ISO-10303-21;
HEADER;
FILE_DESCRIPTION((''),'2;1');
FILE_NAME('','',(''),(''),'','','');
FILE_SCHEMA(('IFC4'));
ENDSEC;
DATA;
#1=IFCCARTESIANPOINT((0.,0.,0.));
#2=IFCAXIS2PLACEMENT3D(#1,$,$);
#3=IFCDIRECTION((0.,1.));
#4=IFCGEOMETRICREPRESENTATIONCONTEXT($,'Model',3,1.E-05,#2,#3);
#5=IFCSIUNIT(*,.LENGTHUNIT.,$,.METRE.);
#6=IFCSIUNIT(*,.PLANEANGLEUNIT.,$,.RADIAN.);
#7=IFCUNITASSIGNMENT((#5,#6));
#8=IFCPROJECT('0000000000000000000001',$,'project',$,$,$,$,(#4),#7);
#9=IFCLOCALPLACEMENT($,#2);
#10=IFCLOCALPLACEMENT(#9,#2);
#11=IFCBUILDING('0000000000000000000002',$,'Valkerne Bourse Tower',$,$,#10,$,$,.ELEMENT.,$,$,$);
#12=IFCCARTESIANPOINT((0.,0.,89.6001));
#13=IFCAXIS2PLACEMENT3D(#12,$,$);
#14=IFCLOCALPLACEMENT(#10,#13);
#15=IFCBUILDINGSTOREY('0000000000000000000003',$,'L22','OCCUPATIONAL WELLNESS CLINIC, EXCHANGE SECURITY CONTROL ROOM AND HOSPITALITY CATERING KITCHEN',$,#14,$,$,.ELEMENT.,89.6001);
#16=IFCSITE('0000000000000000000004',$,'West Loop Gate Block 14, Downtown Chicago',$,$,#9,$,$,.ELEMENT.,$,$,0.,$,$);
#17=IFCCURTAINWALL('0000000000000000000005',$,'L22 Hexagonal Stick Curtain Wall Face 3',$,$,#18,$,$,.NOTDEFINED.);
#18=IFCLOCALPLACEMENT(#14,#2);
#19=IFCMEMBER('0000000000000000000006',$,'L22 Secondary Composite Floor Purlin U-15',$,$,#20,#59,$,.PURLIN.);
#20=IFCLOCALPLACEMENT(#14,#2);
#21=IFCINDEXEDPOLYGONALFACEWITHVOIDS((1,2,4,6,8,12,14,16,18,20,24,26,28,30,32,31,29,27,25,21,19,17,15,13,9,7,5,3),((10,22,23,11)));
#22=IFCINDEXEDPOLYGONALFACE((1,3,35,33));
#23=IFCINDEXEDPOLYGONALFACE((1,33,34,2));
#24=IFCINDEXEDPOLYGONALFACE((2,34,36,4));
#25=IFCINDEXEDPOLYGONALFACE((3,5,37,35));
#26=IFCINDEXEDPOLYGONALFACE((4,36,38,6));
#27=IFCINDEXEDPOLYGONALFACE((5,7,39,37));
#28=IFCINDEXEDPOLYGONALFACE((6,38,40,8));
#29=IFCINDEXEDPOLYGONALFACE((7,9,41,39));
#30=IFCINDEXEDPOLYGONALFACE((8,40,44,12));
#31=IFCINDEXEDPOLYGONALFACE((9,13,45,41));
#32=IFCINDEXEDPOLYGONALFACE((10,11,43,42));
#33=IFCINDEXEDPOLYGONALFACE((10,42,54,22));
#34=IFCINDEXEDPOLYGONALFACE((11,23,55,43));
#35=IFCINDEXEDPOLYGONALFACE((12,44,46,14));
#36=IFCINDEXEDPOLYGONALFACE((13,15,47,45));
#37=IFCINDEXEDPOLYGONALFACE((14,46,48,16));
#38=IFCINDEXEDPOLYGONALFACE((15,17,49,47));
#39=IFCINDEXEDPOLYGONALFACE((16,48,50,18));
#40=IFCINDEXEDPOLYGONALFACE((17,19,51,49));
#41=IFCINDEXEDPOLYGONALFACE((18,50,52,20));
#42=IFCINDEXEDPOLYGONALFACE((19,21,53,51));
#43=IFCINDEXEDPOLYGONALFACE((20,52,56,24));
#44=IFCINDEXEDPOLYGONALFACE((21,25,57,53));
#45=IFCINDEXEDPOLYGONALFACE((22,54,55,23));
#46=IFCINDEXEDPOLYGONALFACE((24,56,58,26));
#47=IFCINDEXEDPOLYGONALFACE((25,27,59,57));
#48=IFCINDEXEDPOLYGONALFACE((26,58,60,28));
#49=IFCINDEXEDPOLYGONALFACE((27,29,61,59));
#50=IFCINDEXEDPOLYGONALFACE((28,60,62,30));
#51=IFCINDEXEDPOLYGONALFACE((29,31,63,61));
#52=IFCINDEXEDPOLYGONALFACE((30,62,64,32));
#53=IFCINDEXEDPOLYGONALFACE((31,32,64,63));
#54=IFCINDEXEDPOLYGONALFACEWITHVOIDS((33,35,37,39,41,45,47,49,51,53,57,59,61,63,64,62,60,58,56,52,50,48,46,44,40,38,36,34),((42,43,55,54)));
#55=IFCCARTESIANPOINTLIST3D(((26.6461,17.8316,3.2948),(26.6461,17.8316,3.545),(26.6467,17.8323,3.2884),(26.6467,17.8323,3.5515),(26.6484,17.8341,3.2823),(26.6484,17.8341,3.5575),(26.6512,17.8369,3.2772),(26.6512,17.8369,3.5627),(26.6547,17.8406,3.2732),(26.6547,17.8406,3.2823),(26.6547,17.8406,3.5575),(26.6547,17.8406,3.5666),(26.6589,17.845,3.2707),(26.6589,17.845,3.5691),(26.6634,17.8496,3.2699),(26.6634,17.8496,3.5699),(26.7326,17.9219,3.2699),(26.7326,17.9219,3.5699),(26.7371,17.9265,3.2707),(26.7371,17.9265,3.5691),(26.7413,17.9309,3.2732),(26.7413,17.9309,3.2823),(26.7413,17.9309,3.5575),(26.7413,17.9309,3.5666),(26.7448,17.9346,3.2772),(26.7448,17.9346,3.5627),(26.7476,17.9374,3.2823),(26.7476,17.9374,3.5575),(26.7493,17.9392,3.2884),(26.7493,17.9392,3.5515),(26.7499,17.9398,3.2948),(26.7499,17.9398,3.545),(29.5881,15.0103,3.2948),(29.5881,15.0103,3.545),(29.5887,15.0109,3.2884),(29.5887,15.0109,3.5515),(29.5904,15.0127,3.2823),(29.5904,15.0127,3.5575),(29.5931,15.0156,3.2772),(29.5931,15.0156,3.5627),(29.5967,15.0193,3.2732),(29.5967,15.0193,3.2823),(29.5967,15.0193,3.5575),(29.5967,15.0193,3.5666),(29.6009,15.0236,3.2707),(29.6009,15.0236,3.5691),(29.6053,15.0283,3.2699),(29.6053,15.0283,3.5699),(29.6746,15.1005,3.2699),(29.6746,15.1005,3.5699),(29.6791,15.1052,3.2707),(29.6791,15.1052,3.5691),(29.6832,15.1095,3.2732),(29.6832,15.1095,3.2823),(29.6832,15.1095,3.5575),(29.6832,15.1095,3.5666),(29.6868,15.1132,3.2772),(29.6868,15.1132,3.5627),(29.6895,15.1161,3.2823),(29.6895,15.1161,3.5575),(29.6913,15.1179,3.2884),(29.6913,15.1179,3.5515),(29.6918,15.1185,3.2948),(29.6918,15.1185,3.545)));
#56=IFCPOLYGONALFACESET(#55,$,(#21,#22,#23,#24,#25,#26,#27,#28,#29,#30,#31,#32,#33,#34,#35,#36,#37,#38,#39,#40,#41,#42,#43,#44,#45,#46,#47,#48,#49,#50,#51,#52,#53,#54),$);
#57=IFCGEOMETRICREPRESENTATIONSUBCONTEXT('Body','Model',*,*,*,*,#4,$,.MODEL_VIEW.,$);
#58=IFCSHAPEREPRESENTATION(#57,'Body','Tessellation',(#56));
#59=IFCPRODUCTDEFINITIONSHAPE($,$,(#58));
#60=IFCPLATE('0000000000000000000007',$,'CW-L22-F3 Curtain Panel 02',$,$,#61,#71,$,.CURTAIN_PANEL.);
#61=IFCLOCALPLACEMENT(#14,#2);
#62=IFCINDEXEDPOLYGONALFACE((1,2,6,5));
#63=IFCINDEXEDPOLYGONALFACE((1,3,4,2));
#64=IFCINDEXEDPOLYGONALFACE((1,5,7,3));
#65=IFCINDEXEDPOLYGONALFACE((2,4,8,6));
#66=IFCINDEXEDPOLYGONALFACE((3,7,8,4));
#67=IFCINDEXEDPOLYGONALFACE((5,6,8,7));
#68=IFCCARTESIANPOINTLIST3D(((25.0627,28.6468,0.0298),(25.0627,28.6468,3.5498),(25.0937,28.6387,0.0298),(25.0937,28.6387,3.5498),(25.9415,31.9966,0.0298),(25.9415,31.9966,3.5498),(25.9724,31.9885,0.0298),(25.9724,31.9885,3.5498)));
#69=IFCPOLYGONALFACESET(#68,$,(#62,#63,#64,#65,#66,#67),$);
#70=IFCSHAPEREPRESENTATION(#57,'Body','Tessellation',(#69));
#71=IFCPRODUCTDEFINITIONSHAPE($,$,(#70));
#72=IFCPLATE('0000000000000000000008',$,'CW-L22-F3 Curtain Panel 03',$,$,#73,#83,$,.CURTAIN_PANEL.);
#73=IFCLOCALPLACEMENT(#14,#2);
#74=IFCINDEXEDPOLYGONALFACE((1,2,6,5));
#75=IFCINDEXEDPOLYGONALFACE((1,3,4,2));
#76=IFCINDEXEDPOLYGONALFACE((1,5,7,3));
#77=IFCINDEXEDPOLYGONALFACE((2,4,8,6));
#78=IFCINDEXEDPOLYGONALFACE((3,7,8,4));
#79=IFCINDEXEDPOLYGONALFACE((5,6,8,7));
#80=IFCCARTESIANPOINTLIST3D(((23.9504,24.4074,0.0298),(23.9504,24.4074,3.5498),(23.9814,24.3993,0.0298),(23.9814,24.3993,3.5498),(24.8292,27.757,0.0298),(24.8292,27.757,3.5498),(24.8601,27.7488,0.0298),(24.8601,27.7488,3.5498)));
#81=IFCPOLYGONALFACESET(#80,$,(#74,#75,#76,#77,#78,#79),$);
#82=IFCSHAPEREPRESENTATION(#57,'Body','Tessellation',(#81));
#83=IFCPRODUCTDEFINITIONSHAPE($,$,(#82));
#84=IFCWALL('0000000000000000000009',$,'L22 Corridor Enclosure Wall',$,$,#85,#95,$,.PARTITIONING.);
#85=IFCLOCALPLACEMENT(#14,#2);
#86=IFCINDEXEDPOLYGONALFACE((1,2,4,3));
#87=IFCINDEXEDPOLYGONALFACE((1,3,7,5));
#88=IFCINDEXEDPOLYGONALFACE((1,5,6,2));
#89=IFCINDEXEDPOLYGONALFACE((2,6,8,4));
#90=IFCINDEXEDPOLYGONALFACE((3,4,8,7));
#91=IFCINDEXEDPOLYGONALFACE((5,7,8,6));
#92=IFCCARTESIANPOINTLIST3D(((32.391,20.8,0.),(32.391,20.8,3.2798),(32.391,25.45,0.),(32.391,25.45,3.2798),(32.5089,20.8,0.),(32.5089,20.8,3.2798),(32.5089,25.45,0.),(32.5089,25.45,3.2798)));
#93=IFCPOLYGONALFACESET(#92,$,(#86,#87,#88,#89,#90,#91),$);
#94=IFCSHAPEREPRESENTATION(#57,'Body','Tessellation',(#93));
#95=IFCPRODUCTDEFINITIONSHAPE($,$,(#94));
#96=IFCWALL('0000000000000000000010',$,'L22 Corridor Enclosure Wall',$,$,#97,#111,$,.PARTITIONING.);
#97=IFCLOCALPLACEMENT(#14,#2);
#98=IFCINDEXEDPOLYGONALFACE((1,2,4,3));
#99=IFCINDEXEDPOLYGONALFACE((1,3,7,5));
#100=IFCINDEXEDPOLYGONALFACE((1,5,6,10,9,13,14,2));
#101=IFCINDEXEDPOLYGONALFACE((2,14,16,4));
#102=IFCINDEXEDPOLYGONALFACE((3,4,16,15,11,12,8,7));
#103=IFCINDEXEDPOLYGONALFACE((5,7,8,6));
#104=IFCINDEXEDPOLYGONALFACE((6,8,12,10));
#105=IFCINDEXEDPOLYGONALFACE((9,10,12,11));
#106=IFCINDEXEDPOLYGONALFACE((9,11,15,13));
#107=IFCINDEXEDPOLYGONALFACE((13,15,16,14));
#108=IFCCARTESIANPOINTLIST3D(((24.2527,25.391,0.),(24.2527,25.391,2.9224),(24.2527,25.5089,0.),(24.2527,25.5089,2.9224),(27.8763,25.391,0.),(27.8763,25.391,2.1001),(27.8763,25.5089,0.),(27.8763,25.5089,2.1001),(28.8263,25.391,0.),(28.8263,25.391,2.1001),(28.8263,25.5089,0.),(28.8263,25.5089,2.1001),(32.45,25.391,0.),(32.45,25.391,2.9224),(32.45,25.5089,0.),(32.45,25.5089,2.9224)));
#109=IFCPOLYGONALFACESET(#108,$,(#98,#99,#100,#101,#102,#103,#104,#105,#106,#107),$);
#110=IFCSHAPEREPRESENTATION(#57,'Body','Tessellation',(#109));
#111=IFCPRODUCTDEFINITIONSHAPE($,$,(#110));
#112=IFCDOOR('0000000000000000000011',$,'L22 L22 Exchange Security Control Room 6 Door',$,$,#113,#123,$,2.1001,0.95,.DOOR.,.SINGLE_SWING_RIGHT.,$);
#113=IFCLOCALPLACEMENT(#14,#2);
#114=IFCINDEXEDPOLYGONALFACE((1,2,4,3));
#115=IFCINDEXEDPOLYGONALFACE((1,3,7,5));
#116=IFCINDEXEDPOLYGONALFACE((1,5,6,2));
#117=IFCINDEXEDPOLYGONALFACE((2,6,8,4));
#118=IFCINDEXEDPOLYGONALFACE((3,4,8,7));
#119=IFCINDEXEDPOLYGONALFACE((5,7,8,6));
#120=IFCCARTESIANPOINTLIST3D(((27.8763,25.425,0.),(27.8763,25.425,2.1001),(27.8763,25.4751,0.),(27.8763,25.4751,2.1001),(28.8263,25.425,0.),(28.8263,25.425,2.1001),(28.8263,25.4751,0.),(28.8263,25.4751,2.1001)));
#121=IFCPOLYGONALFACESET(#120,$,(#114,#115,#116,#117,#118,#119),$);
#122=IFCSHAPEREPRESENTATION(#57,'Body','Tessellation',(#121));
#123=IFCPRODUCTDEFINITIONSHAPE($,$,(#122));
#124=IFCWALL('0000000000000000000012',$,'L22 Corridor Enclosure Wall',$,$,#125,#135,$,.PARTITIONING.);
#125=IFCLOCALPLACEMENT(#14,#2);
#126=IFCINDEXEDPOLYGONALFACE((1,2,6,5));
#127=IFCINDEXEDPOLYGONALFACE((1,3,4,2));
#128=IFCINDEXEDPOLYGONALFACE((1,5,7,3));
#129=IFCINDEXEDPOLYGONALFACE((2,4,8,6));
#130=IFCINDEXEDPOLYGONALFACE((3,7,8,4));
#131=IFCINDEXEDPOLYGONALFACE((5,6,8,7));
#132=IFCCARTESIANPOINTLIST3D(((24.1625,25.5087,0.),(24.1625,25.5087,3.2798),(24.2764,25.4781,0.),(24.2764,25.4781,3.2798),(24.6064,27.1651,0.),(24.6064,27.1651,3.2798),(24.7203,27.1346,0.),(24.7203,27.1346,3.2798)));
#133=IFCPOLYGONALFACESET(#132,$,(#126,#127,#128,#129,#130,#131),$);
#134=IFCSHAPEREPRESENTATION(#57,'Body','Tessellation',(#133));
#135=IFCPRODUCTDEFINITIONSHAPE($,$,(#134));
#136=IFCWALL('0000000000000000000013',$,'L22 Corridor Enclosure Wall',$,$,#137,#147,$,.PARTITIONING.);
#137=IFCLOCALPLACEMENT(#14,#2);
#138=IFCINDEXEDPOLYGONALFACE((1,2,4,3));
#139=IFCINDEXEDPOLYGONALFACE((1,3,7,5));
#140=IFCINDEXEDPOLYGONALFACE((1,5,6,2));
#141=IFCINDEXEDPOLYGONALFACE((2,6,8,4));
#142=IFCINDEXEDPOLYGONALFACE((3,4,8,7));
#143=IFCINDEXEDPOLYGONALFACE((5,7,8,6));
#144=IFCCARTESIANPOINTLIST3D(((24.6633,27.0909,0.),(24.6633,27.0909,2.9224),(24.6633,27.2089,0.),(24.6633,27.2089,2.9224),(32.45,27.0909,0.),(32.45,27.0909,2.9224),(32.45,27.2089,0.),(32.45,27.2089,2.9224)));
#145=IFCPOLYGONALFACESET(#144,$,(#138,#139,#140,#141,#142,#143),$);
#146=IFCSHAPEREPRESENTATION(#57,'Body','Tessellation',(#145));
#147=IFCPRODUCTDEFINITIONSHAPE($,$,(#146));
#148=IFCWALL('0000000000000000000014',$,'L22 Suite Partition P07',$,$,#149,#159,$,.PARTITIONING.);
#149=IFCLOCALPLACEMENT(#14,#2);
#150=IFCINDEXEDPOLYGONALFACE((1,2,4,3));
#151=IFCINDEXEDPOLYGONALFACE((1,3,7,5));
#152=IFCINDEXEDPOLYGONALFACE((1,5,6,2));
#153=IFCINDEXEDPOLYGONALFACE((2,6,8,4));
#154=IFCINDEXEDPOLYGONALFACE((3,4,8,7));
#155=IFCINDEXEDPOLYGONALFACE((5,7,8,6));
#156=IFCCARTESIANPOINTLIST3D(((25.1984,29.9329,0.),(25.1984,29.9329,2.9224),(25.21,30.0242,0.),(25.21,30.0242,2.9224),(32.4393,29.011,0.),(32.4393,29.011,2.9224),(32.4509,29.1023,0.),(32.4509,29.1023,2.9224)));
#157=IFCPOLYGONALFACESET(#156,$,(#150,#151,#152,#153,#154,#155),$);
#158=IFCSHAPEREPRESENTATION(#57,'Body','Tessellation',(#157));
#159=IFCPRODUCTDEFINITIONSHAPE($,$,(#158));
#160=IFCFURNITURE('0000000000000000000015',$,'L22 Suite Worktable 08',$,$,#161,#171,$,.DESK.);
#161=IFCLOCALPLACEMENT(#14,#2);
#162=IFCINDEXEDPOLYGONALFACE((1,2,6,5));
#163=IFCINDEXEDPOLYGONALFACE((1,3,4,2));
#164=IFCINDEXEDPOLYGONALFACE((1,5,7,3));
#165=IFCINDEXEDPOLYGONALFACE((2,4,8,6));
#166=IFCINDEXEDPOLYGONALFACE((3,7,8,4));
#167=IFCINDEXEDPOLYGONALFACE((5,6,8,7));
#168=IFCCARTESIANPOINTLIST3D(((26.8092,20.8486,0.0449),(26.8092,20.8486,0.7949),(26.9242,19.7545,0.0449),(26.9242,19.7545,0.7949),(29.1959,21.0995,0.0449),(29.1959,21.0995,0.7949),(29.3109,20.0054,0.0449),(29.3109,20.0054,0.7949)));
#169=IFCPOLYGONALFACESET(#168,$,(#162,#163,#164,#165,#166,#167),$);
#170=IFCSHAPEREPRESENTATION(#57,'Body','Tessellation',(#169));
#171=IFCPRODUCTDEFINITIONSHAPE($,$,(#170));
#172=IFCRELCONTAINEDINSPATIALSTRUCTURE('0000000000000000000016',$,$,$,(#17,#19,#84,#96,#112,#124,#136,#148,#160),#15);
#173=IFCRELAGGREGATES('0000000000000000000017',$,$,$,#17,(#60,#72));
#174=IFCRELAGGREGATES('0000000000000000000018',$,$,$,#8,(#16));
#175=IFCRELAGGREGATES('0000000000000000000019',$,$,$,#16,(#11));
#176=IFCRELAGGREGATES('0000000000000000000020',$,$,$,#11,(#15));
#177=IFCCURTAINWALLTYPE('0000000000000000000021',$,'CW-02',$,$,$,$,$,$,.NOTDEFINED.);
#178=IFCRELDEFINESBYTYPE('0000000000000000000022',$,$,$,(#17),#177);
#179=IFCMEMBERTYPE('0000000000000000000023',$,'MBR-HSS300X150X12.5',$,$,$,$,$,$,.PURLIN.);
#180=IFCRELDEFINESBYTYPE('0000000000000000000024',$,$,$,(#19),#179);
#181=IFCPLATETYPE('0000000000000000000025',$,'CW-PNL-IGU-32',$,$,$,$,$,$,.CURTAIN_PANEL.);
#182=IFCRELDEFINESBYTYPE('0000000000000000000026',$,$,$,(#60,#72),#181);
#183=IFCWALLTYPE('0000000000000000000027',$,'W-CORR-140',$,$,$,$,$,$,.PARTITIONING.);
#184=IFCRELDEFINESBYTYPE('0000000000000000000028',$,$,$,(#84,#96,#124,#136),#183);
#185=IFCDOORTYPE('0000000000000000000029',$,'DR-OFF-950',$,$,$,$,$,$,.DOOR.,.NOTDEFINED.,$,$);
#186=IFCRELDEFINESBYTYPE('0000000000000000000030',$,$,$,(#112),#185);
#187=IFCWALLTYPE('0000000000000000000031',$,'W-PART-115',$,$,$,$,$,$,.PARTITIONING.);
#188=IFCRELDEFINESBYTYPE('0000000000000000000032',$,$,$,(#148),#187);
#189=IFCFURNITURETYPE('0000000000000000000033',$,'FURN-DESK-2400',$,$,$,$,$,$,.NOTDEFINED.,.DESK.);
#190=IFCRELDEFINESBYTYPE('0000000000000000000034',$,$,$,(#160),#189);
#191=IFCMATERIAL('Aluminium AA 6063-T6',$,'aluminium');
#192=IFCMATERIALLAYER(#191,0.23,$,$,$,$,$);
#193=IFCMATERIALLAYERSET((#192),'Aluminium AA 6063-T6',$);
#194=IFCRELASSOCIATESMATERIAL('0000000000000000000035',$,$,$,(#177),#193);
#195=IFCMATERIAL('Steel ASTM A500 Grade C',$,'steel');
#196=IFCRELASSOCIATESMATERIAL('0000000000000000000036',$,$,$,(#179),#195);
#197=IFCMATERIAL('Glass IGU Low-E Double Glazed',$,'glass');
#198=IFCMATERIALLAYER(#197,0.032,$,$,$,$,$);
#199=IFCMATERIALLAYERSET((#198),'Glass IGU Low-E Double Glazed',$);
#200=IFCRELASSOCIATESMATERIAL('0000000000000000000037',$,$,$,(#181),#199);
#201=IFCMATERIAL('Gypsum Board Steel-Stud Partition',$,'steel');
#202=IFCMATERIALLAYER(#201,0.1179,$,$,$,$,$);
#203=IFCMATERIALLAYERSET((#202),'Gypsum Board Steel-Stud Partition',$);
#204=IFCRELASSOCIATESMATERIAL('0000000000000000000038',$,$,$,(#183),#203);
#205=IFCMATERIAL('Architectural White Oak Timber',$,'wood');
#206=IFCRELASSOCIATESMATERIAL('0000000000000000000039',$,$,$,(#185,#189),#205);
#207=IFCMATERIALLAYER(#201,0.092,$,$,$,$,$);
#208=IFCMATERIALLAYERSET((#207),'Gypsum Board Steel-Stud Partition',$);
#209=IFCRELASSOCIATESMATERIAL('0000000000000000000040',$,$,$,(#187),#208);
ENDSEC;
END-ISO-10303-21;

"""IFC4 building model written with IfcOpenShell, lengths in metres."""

from ifc_helpers import new_model, si_unit, direction, frame, frame_2d, origin, origin_2d, place, context, subcontext, project, spatial, rectangle, hollow_rectangle, extrude, material, layer, layer_set, material_profile, profile_set, type_object, element, fill, aggregate, save


model = new_model("IFC4")

# Units and contexts
model_context = context("Model", 3, precision=1e-05, world=origin(), true_north=direction((0.0, 1.0)))
body_context = subcontext(model_context, "Body", "Model", "MODEL_VIEW")
ifc_project = project(units=[si_unit("LENGTHUNIT", "METRE"), si_unit("PLANEANGLEUNIT", "RADIAN")], contexts=[model_context])

# Site, building, storey
site_placement = place(None, origin())
site = spatial("IfcSite", under=ifc_project, at=site_placement, Name="West Loop Gate Block 14, Downtown Chicago", CompositionType="ELEMENT", RefElevation=0.0)
building_placement = place(site_placement, origin())
building = spatial("IfcBuilding", under=site, at=building_placement, Name="Valkerne Bourse Tower", CompositionType="ELEMENT")
storey_placement = place(building_placement, frame((0.0, 0.0, 89.6001)))
storey = spatial("IfcBuildingStorey", under=building, at=storey_placement, Name="L22", Description="OCCUPATIONAL WELLNESS CLINIC, EXCHANGE SECURITY CONTROL ROOM AND HOSPITALITY CATERING KITCHEN", CompositionType="ELEMENT", Elevation=89.6001)

# Curtain wall
ifc_material_1 = material(Name="Aluminium AA 6063-T6", Category="aluminium")
ifc_layer_1 = layer(ifc_material_1, 0.23)
ifc_layer_set_1 = layer_set([ifc_layer_1], Name="Aluminium AA 6063-T6")
curtain_wall_type = type_object("IfcCurtainWallType", Name="CW-02", PredefinedType="NOTDEFINED", material=ifc_layer_set_1)
curtain_wall_1_placement = place(storey_placement, origin())
curtain_wall_1 = element("IfcCurtainWall", 1, at=curtain_wall_1_placement, inside=storey, type_object=curtain_wall_type, Name="L22 Hexagonal Stick Curtain Wall Face 3", PredefinedType="NOTDEFINED")

# Member
ifc_material_2 = material(Name="Steel ASTM A500 Grade C", Category="steel")
ifc_material_profile_1 = material_profile(ifc_material_2, hollow_rectangle(XDim=0.1499, YDim=0.3, WallThickness=0.0125, OuterFilletRadius=0.0249, at=origin_2d()), Name="HSS300X150X12.5")
ifc_profile_set_1 = profile_set([ifc_material_profile_1], Name="Steel ASTM A500 Grade C")
member_type_1 = type_object("IfcMemberType", Name="MBR-HSS300X150X12.5", PredefinedType="PURLIN", material=ifc_profile_set_1)
member_1_placement = place(storey_placement, frame((26.698, 17.8857, 3.4199), z_axis=(0.721746, -0.692158, 0.0), x_axis=(0.692158, 0.721746, 0.0)))
element("IfcMember", 2, at=member_1_placement, inside=storey, type_object=member_type_1, Name="L22 Secondary Composite Floor Purlin U-15", PredefinedType="PURLIN", context=body_context, shape_type="SweptSolid", body=[
    extrude(hollow_rectangle(XDim=0.1499, YDim=0.3, WallThickness=0.0125, OuterFilletRadius=0.0249, at=origin_2d()), origin(), (0.0, 0.0, 1.0), 4.0762),
])

# Plates
ifc_material_3 = material(Name="Glass IGU Low-E Double Glazed", Category="glass")
ifc_layer_2 = layer(ifc_material_3, 0.032)
ifc_layer_set_2 = layer_set([ifc_layer_2], Name="Glass IGU Low-E Double Glazed")
plate_type = type_object("IfcPlateType", Name="CW-PNL-IGU-32", PredefinedType="CURTAIN_PANEL", material=ifc_layer_set_2)
plate_1_placement = place(storey_placement, frame((25.5176, 30.3176, 0.0298), z_axis=(0.0, 0.0, 1.0), x_axis=(-0.25375, -0.96727, 0.0)))
plate_1 = element("IfcPlate", 3, at=plate_1_placement, type_object=plate_type, Name="CW-L22-F3 Curtain Panel 02", PredefinedType="CURTAIN_PANEL", context=body_context, shape_type="SweptSolid", body=[
    extrude(rectangle(XDim=3.4631, YDim=0.032, at=origin_2d()), origin(), (0.0, 0.0, 1.0), 3.52),
])
plate_2_placement = place(storey_placement, frame((24.4053, 26.0781, 0.0298), z_axis=(0.0, 0.0, 1.0), x_axis=(-0.253755, -0.967268, 0.0)))
plate_2 = element("IfcPlate", 4, at=plate_2_placement, type_object=plate_type, Name="CW-L22-F3 Curtain Panel 03", PredefinedType="CURTAIN_PANEL", context=body_context, shape_type="SweptSolid", body=[
    extrude(rectangle(XDim=3.4629, YDim=0.032, at=origin_2d()), origin(), (0.0, 0.0, 1.0), 3.52),
])
aggregate(curtain_wall_1, [plate_1, plate_2])

# Wall
ifc_material_4 = material(Name="Gypsum Board Steel-Stud Partition", Category="steel")
ifc_layer_3 = layer(ifc_material_4, 0.1179)
ifc_layer_set_3 = layer_set([ifc_layer_3], Name="Gypsum Board Steel-Stud Partition")
wall_type_1 = type_object("IfcWallType", Name="W-CORR-140", PredefinedType="PARTITIONING", material=ifc_layer_set_3)
wall_1_placement = place(storey_placement, frame((32.45, 20.8, 0.0), z_axis=(0.0, 0.0, 1.0), x_axis=(0.0, 1.0, 0.0)))
element("IfcWall", 5, at=wall_1_placement, inside=storey, type_object=wall_type_1, Name="L22 Corridor Enclosure Wall", PredefinedType="PARTITIONING", context=body_context, shape_type="SweptSolid", body=[
    extrude(rectangle(XDim=4.6499, YDim=0.1179, at=frame_2d((2.325, 0.0))), origin(), (0.0, 0.0, 1.0), 3.2798),
])

# Wall, opening, door
wall_2_placement = place(storey_placement, frame((32.45, 25.45, 0.0), z_axis=(0.0, 0.0, 1.0), x_axis=(-1.0, 0.0, 0.0)))
wall_2 = element("IfcWall", 6, at=wall_2_placement, inside=storey, type_object=wall_type_1, Name="L22 Corridor Enclosure Wall", PredefinedType="PARTITIONING", context=body_context, shape_type="SweptSolid", body=[
    extrude(rectangle(XDim=8.1973, YDim=0.1179, at=frame_2d((4.0986, 0.0))), origin(), (0.0, 0.0, 1.0), 2.9224),
])
opening_placement = place(wall_2_placement, frame((3.6235, 0.0, 0.0)))
opening = element("IfcOpeningElement", 7, at=opening_placement, cuts=wall_2, PredefinedType="OPENING", context=body_context, shape_type="SweptSolid", body=[
    extrude(rectangle(XDim=0.95, YDim=2.1001, at=frame_2d((0.4751, 1.05))), frame((0.0, 0.0688, 0.0), z_axis=(0.0, -1.0, 0.0), x_axis=(1.0, 0.0, 0.0)), (0.0, 0.0, 1.0), 0.1379),
])
ifc_material_5 = material(Name="Architectural White Oak Timber", Category="wood")
door_type = type_object("IfcDoorType", Name="DR-OFF-950", OperationType="NOTDEFINED", PredefinedType="DOOR", material=ifc_material_5)
door_placement = place(opening_placement, origin())
door = element("IfcDoor", 8, at=door_placement, inside=storey, type_object=door_type, Name="L22 L22 Exchange Security Control Room 6 Door", OperationType="SINGLE_SWING_RIGHT", OverallHeight=2.1001, OverallWidth=0.95, PredefinedType="DOOR", context=body_context, shape_type="SweptSolid", body=[
    extrude(rectangle(XDim=0.95, YDim=2.1001, at=frame_2d((0.4751, 1.05))), frame((0.0, 0.0249, 0.0), z_axis=(0.0, -1.0, 0.0), x_axis=(1.0, 0.0, 0.0)), (0.0, 0.0, 1.0), 0.05),
])
fill(opening, door)

# Walls
wall_3_placement = place(storey_placement, frame((24.2195, 25.4934, 0.0), z_axis=(0.0, 0.0, 1.0), x_axis=(0.258814, 0.965927, 0.0)))
element("IfcWall", 9, at=wall_3_placement, inside=storey, type_object=wall_type_1, Name="L22 Corridor Enclosure Wall", PredefinedType="PARTITIONING", context=body_context, shape_type="SweptSolid", body=[
    extrude(rectangle(XDim=1.7148, YDim=0.1179, at=frame_2d((0.8574, 0.0))), origin(), (0.0, 0.0, 1.0), 3.2798),
])
wall_4_placement = place(storey_placement, frame((24.6633, 27.1499, 0.0), z_axis=(0.0, 0.0, 1.0), x_axis=(1.0, 0.0, 0.0)))
element("IfcWall", 10, at=wall_4_placement, inside=storey, type_object=wall_type_1, Name="L22 Corridor Enclosure Wall", PredefinedType="PARTITIONING", context=body_context, shape_type="SweptSolid", body=[
    extrude(rectangle(XDim=7.7866, YDim=0.1179, at=frame_2d((3.8933, 0.0))), origin(), (0.0, 0.0, 1.0), 2.9224),
])
ifc_layer_4 = layer(ifc_material_4, 0.092)
ifc_layer_set_4 = layer_set([ifc_layer_4], Name="Gypsum Board Steel-Stud Partition")
wall_type_2 = type_object("IfcWallType", Name="W-PART-115", PredefinedType="PARTITIONING", material=ifc_layer_set_4)
wall_5_placement = place(storey_placement, frame((32.4451, 29.0566, 0.0), z_axis=(0.0, 0.0, 1.0), x_axis=(-0.991993, 0.126294, 0.0)))
element("IfcWall", 11, at=wall_5_placement, inside=storey, type_object=wall_type_2, Name="L22 Suite Partition P07", PredefinedType="PARTITIONING", context=body_context, shape_type="SweptSolid", body=[
    extrude(rectangle(XDim=7.2993, YDim=0.092, at=frame_2d((3.6497, 0.0))), origin(), (0.0, 0.0, 1.0), 2.9224),
])

# Furniture
furniture_type = type_object("IfcFurnitureType", Name="FURN-DESK-2400", AssemblyPlace="NOTDEFINED", PredefinedType="DESK", material=ifc_material_5)
furniture_placement = place(storey_placement, frame((28.0601, 20.427, 0.0449), z_axis=(0.0, 0.0, 1.0), x_axis=(0.994522, 0.104528, 0.0)))
element("IfcFurniture", 12, at=furniture_placement, inside=storey, type_object=furniture_type, Name="L22 Suite Worktable 08", PredefinedType="DESK", context=body_context, shape_type="SweptSolid", body=[
    extrude(rectangle(XDim=2.3999, YDim=1.1001, at=origin_2d()), origin(), (0.0, 0.0, 1.0), 0.75),
])

save(model, "model.ifc")
